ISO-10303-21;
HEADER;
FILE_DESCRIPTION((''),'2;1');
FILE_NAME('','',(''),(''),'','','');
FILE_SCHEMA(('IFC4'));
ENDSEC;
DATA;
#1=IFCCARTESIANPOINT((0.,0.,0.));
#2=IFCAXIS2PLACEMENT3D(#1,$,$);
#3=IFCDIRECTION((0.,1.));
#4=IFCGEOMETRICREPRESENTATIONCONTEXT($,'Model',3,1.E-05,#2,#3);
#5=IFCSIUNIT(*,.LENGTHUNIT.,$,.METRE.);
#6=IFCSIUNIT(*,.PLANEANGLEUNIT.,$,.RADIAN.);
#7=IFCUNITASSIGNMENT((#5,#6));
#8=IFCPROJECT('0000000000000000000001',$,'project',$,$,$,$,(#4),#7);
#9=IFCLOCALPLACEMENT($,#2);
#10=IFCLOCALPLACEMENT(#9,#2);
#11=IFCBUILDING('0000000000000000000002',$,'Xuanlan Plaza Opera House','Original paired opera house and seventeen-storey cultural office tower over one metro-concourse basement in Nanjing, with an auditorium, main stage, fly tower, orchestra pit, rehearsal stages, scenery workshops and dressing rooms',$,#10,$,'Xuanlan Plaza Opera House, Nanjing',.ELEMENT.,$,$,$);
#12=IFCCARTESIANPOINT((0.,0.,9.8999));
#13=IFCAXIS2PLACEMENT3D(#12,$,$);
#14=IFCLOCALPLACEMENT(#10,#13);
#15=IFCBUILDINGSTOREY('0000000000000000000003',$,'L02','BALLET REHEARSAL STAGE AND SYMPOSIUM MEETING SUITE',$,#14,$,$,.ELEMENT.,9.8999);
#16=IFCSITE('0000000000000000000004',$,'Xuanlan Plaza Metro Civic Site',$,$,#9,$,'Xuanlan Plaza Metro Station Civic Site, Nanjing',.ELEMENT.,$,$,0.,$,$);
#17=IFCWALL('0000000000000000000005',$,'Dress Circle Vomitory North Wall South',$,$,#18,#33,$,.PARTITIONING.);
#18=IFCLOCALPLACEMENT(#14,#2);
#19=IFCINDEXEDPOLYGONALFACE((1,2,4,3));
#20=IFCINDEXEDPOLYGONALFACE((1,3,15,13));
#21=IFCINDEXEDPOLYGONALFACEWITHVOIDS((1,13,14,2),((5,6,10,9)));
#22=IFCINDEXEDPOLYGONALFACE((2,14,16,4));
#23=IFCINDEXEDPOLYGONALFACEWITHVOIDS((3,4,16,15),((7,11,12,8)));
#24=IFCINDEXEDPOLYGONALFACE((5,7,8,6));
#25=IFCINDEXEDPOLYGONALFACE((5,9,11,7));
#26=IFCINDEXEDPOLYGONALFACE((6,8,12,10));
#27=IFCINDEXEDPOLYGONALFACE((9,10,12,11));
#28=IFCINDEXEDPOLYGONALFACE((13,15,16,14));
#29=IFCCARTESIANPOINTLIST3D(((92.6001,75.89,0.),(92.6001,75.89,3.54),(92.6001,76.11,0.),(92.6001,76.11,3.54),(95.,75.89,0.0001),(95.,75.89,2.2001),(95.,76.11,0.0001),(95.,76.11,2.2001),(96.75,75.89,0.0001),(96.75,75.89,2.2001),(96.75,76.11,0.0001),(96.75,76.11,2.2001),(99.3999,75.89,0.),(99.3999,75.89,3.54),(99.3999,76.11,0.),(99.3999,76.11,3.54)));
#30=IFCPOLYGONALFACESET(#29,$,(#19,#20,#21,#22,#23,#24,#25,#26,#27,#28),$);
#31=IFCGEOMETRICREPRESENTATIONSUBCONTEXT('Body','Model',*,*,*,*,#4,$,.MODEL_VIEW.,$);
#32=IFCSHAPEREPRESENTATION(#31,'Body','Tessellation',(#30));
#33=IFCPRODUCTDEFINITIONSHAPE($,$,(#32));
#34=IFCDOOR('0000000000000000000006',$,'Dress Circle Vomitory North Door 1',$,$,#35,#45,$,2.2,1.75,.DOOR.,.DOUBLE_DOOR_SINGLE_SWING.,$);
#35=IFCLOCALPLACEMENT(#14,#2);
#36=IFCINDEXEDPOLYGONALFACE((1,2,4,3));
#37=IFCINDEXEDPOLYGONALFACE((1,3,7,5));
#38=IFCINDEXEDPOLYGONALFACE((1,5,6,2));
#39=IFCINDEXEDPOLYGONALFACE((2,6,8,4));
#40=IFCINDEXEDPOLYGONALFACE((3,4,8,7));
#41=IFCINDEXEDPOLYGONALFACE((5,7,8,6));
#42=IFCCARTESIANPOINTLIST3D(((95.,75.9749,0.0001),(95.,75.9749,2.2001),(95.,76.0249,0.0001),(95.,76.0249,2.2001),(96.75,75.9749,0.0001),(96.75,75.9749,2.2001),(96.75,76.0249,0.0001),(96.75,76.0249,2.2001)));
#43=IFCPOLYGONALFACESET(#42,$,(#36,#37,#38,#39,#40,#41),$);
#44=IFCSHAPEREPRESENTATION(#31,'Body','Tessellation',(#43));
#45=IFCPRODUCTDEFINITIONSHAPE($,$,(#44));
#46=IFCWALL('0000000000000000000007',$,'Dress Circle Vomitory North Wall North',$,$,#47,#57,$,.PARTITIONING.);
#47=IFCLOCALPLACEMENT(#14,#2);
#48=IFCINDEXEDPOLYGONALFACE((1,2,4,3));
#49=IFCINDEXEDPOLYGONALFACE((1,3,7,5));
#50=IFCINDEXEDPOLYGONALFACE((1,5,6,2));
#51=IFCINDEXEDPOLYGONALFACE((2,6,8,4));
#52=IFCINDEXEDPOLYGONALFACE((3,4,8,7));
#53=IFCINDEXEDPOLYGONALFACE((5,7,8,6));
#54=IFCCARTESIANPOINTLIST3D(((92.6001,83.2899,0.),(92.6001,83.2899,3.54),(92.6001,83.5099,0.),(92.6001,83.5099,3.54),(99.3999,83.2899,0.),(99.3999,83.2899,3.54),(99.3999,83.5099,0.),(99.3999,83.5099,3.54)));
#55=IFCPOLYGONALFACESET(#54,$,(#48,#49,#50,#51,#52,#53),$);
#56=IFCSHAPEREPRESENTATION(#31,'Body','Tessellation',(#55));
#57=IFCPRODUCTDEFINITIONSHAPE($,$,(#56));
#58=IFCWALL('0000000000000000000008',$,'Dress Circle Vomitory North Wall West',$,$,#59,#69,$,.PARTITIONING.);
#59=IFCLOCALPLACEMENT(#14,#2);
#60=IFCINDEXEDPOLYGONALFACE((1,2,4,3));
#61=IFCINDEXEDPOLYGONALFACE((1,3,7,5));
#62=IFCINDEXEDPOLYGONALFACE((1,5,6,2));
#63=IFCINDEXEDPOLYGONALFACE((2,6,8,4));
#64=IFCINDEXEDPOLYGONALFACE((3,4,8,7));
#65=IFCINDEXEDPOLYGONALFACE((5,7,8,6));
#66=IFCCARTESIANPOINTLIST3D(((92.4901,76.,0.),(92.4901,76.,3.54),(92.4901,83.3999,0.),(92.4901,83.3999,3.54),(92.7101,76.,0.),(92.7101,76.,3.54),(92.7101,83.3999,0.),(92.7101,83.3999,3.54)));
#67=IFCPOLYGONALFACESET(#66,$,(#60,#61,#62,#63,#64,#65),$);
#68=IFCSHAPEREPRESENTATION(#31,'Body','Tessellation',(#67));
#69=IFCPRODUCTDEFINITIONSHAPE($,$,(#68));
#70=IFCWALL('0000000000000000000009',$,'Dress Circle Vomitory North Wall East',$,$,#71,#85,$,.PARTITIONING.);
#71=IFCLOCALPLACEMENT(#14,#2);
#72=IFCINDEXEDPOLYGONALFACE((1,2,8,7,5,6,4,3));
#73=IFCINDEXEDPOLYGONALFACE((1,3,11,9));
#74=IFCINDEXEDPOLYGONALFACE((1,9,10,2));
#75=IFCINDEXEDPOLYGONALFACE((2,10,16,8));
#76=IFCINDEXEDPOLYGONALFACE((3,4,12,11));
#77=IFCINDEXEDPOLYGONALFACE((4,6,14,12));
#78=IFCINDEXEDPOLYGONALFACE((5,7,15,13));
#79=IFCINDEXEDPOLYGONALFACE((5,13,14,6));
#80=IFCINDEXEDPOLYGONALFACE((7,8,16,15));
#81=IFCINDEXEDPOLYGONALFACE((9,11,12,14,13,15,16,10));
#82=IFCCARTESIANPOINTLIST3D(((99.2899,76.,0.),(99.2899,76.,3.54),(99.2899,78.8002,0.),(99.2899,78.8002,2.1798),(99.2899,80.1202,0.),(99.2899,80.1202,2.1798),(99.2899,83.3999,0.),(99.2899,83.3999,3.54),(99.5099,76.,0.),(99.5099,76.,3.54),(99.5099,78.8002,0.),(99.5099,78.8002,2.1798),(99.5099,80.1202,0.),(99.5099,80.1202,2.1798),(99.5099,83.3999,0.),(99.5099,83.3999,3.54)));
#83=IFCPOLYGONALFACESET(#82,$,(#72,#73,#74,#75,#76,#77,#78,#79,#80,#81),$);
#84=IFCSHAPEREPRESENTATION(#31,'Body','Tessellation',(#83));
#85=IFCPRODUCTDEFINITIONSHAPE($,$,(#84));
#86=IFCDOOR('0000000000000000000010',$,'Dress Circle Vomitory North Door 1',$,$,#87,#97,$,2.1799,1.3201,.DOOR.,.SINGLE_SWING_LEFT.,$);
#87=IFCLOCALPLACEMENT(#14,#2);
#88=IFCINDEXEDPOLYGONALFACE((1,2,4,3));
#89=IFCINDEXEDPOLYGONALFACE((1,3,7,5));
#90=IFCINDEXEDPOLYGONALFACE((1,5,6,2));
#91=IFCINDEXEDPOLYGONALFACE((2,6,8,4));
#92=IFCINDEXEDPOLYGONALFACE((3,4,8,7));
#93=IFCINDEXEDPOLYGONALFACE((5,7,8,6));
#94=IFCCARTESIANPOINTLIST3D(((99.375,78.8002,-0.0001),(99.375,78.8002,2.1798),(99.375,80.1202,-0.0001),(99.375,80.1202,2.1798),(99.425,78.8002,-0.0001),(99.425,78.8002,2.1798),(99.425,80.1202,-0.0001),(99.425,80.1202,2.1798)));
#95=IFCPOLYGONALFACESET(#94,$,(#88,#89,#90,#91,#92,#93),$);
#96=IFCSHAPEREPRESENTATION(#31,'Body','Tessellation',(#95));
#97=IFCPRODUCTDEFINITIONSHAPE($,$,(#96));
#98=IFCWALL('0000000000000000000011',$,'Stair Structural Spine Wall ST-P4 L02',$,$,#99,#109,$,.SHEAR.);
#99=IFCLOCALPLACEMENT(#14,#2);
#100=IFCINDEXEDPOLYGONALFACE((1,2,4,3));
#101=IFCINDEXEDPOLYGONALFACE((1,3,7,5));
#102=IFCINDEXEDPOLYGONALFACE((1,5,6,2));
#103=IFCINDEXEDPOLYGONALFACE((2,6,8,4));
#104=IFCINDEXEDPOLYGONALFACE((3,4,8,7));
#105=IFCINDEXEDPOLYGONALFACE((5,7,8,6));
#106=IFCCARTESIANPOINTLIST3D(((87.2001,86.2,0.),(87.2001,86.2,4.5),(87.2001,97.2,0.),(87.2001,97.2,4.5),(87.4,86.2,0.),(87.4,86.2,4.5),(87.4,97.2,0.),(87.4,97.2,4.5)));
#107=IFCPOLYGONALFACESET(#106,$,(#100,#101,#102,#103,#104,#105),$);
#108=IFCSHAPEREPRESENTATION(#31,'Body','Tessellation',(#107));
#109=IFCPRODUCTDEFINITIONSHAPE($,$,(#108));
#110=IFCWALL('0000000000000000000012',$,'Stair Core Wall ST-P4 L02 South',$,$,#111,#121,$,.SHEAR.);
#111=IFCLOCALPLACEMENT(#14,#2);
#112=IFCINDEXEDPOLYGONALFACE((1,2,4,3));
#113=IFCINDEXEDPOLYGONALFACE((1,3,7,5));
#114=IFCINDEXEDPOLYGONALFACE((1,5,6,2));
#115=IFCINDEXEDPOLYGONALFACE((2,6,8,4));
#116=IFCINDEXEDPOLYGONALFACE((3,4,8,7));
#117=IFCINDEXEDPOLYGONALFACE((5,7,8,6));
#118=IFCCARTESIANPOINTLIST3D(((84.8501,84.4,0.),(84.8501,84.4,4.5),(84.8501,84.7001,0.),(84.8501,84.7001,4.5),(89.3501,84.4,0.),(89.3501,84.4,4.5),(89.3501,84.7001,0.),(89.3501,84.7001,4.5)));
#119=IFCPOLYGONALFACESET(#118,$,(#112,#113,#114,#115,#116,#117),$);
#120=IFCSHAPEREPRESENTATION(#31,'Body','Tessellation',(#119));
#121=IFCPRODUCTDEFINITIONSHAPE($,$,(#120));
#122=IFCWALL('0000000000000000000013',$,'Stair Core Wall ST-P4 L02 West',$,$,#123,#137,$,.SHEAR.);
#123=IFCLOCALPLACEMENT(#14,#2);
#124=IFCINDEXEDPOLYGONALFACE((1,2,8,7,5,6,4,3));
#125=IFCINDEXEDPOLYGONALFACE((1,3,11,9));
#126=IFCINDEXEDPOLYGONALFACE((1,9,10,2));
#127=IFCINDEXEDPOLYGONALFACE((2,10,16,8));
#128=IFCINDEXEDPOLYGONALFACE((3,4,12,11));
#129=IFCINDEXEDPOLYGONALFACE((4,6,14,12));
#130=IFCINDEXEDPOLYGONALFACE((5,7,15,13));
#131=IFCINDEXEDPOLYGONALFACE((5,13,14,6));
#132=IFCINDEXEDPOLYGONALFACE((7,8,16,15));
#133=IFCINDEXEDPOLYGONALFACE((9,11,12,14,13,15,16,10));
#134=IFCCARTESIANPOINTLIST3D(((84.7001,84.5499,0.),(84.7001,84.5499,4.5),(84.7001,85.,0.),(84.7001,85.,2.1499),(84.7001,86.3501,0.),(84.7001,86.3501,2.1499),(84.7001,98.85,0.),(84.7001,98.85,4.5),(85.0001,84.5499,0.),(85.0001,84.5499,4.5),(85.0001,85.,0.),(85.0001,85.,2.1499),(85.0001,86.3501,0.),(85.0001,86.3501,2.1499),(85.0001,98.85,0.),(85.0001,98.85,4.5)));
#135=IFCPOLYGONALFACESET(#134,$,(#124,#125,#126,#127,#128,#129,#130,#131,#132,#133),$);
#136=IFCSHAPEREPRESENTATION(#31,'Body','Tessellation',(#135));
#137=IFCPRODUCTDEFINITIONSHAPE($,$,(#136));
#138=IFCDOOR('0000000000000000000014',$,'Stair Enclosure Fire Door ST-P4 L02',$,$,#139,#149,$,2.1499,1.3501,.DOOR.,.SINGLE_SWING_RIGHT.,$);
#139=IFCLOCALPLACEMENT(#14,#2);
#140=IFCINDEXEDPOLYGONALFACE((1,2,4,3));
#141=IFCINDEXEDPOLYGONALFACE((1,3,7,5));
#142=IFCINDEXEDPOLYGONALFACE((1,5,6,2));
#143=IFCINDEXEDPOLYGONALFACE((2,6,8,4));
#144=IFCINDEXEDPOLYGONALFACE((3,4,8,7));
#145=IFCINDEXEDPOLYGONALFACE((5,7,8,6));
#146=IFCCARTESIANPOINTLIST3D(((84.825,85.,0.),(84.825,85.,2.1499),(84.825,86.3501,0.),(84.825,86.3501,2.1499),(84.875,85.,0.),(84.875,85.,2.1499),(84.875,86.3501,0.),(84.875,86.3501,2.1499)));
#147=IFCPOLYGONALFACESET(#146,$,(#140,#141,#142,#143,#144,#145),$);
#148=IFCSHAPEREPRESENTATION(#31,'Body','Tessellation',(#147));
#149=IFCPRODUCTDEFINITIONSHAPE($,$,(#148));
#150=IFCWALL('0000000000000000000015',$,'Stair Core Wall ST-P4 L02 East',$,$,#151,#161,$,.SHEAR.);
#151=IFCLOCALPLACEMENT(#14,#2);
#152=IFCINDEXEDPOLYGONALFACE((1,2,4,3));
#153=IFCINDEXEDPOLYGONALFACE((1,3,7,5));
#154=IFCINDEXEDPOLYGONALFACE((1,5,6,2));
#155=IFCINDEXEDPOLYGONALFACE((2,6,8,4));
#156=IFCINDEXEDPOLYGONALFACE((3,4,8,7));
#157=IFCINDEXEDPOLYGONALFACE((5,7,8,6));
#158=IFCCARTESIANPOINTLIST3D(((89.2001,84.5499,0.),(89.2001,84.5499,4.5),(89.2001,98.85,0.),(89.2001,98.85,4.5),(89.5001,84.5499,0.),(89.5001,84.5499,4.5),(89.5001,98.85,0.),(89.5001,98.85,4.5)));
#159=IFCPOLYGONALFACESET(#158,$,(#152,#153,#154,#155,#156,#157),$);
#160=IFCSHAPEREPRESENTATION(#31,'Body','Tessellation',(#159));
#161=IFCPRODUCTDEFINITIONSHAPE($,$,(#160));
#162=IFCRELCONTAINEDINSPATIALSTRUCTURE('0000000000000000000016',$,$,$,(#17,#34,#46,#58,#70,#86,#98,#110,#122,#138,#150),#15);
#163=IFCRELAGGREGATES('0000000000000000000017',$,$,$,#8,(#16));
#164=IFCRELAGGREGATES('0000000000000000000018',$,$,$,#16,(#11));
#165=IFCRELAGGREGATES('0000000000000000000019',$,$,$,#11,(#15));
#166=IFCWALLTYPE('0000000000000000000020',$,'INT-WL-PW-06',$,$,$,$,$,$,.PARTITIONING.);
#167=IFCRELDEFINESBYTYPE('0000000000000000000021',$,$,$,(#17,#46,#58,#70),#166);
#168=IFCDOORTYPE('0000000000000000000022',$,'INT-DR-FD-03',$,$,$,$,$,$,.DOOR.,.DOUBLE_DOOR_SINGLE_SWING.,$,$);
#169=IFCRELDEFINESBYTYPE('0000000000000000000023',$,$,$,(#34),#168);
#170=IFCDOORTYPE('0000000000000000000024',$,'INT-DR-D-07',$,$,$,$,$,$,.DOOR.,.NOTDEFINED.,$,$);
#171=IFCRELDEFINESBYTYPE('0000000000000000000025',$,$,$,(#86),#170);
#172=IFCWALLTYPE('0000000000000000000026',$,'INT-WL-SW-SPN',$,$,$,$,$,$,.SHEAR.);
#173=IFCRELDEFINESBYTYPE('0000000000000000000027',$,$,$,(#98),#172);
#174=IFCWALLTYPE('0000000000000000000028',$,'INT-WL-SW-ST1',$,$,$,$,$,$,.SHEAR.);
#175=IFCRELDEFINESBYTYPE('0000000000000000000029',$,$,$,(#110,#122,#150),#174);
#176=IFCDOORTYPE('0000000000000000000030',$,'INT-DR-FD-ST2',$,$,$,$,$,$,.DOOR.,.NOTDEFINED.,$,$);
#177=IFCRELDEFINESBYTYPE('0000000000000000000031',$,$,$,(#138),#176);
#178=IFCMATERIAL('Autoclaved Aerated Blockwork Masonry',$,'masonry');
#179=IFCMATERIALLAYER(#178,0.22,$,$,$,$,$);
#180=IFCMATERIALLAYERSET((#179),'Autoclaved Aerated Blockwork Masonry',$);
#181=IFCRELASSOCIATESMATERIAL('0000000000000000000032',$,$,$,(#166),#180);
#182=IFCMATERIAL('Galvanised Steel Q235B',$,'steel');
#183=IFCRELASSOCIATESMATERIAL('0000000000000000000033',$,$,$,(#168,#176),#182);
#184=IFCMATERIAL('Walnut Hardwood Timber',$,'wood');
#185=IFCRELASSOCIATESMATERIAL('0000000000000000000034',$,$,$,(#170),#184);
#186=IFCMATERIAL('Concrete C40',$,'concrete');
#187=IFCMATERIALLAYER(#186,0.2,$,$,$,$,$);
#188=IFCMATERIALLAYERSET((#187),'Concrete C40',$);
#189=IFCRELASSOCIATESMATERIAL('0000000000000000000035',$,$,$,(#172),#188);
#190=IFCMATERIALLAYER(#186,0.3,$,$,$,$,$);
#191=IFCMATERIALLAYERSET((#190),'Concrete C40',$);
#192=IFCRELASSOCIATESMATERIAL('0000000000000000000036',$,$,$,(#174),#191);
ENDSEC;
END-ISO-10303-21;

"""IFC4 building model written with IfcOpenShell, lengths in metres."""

from ifc_helpers import new_model, si_unit, direction, frame, frame_2d, origin, place, context, subcontext, project, spatial, rectangle, extrude, material, layer, layer_set, type_object, element, fill, save


model = new_model("IFC4")

# Units and contexts
model_context = context("Model", 3, precision=1e-05, world=origin(), true_north=direction((0.0, 1.0)))
body_context = subcontext(model_context, "Body", "Model", "MODEL_VIEW")
ifc_project = project(units=[si_unit("LENGTHUNIT", "METRE"), si_unit("PLANEANGLEUNIT", "RADIAN")], contexts=[model_context])

# Site, building, storey
site_placement = place(None, origin())
site = spatial("IfcSite", under=ifc_project, at=site_placement, Name="Xuanlan Plaza Metro Civic Site", LongName="Xuanlan Plaza Metro Station Civic Site, Nanjing", CompositionType="ELEMENT", RefElevation=0.0)
building_placement = place(site_placement, origin())
building = spatial("IfcBuilding", under=site, at=building_placement, Name="Xuanlan Plaza Opera House", Description="Original paired opera house and seventeen-storey cultural office tower over one metro-concourse basement in Nanjing, with an auditorium, main stage, fly tower, orchestra pit, rehearsal stages, scenery workshops and dressing rooms", LongName="Xuanlan Plaza Opera House, Nanjing", CompositionType="ELEMENT")
storey_placement = place(building_placement, frame((0.0, 0.0, 9.8999)))
storey = spatial("IfcBuildingStorey", under=building, at=storey_placement, Name="L02", Description="BALLET REHEARSAL STAGE AND SYMPOSIUM MEETING SUITE", CompositionType="ELEMENT", Elevation=9.8999)

# Shared definitions
ifc_material_1 = material(Name="Concrete C40", Category="concrete")

# Shared definitions
ifc_material_2 = material(Name="Walnut Hardwood Timber", Category="wood")

# Wall, opening, door
ifc_material_3 = material(Name="Autoclaved Aerated Blockwork Masonry", Category="masonry")
ifc_layer_1 = layer(ifc_material_3, 0.22)
ifc_layer_set_1 = layer_set([ifc_layer_1], Name="Autoclaved Aerated Blockwork Masonry")
wall_type_1 = type_object("IfcWallType", Name="INT-WL-PW-06", PredefinedType="PARTITIONING", material=ifc_layer_set_1)
wall_1_placement = place(storey_placement, frame((92.6001, 76.0, 0.0), z_axis=(0.0, 0.0, 1.0), x_axis=(1.0, 0.0, 0.0)))
wall_1 = element("IfcWall", 1, at=wall_1_placement, inside=storey, type_object=wall_type_1, Name="Dress Circle Vomitory North Wall South", PredefinedType="PARTITIONING", context=body_context, shape_type="SweptSolid", body=[
    extrude(rectangle(XDim=6.7998, YDim=0.22, at=frame_2d((3.3999, 0.0))), origin(), (0.0, 0.0, 1.0), 3.54),
])
opening_1_placement = place(wall_1_placement, frame((2.3999, 0.0, 0.0)))
opening_1 = element("IfcOpeningElement", 2, at=opening_1_placement, cuts=wall_1, PredefinedType="OPENING", context=body_context, shape_type="SweptSolid", body=[
    extrude(rectangle(XDim=1.75, YDim=2.2, at=frame_2d((0.875, 1.1001))), frame((0.0, 0.1199, 0.0), z_axis=(0.0, -1.0, 0.0), x_axis=(1.0, 0.0, 0.0)), (0.0, 0.0, 1.0), 0.24),
])
ifc_material_4 = material(Name="Galvanised Steel Q235B", Category="steel")
door_type_1 = type_object("IfcDoorType", Name="INT-DR-FD-03", OperationType="DOUBLE_DOOR_SINGLE_SWING", PredefinedType="DOOR", material=ifc_material_4)
door_1_placement = place(opening_1_placement, origin())
door_1 = element("IfcDoor", 3, at=door_1_placement, inside=storey, type_object=door_type_1, Name="Dress Circle Vomitory North Door 1", OperationType="DOUBLE_DOOR_SINGLE_SWING", OverallHeight=2.2, OverallWidth=1.75, PredefinedType="DOOR", context=body_context, shape_type="SweptSolid", body=[
    extrude(rectangle(XDim=1.75, YDim=2.2, at=frame_2d((0.875, 1.1001))), frame((0.0, 0.0249, 0.0), z_axis=(0.0, -1.0, 0.0), x_axis=(1.0, 0.0, 0.0)), (0.0, 0.0, 1.0), 0.05),
])
fill(opening_1, door_1)

# Walls
wall_2_placement = place(storey_placement, frame((92.6001, 83.3999, 0.0), z_axis=(0.0, 0.0, 1.0), x_axis=(1.0, 0.0, 0.0)))
element("IfcWall", 4, at=wall_2_placement, inside=storey, type_object=wall_type_1, Name="Dress Circle Vomitory North Wall North", PredefinedType="PARTITIONING", context=body_context, shape_type="SweptSolid", body=[
    extrude(rectangle(XDim=6.7998, YDim=0.22, at=frame_2d((3.3999, 0.0))), origin(), (0.0, 0.0, 1.0), 3.54),
])
wall_3_placement = place(storey_placement, frame((92.6001, 76.0, 0.0), z_axis=(0.0, 0.0, 1.0), x_axis=(0.0, 1.0, 0.0)))
element("IfcWall", 5, at=wall_3_placement, inside=storey, type_object=wall_type_1, Name="Dress Circle Vomitory North Wall West", PredefinedType="PARTITIONING", context=body_context, shape_type="SweptSolid", body=[
    extrude(rectangle(XDim=7.3999, YDim=0.22, at=frame_2d((3.7, 0.0))), origin(), (0.0, 0.0, 1.0), 3.54),
])

# Wall, opening, door
wall_4_placement = place(storey_placement, frame((99.3999, 76.0, 0.0), z_axis=(0.0, 0.0, 1.0), x_axis=(0.0, 1.0, 0.0)))
wall_4 = element("IfcWall", 6, at=wall_4_placement, inside=storey, type_object=wall_type_1, Name="Dress Circle Vomitory North Wall East", PredefinedType="PARTITIONING", context=body_context, shape_type="SweptSolid", body=[
    extrude(rectangle(XDim=7.3999, YDim=0.22, at=frame_2d((3.7, 0.0))), origin(), (0.0, 0.0, 1.0), 3.54),
])
opening_2_placement = place(wall_4_placement, frame((2.8, 0.0, 0.0)))
opening_2 = element("IfcOpeningElement", 7, at=opening_2_placement, cuts=wall_4, PredefinedType="OPENING", context=body_context, shape_type="SweptSolid", body=[
    extrude(rectangle(XDim=1.3201, YDim=2.1799, at=frame_2d((0.6602, 1.0898))), frame((0.0, 0.1199, 0.0), z_axis=(0.0, -1.0, 0.0), x_axis=(1.0, 0.0, 0.0)), (0.0, 0.0, 1.0), 0.24),
])
door_type_2 = type_object("IfcDoorType", Name="INT-DR-D-07", OperationType="NOTDEFINED", PredefinedType="DOOR", material=ifc_material_2)
door_2_placement = place(opening_2_placement, origin())
door_2 = element("IfcDoor", 8, at=door_2_placement, inside=storey, type_object=door_type_2, Name="Dress Circle Vomitory North Door 1", OperationType="SINGLE_SWING_LEFT", OverallHeight=2.1799, OverallWidth=1.3201, PredefinedType="DOOR", context=body_context, shape_type="SweptSolid", body=[
    extrude(rectangle(XDim=1.3201, YDim=2.1799, at=frame_2d((0.6602, 1.0898))), frame((0.0, 0.0249, 0.0), z_axis=(0.0, -1.0, 0.0), x_axis=(1.0, 0.0, 0.0)), (0.0, 0.0, 1.0), 0.05),
])
fill(opening_2, door_2)

# Walls
ifc_layer_2 = layer(ifc_material_1, 0.2)
ifc_layer_set_2 = layer_set([ifc_layer_2], Name="Concrete C40")
wall_type_2 = type_object("IfcWallType", Name="INT-WL-SW-SPN", PredefinedType="SHEAR", material=ifc_layer_set_2)
wall_5_placement = place(storey_placement, frame((87.3, 86.2, 0.0), z_axis=(0.0, 0.0, 1.0), x_axis=(0.0, 1.0, 0.0)))
element("IfcWall", 9, at=wall_5_placement, inside=storey, type_object=wall_type_2, Name="Stair Structural Spine Wall ST-P4 L02", PredefinedType="SHEAR", context=body_context, shape_type="SweptSolid", body=[
    extrude(rectangle(XDim=11.0, YDim=0.2, at=frame_2d((5.5, 0.0))), origin(), (0.0, 0.0, 1.0), 4.5),
])
ifc_layer_3 = layer(ifc_material_1, 0.3)
ifc_layer_set_3 = layer_set([ifc_layer_3], Name="Concrete C40")
wall_type_3 = type_object("IfcWallType", Name="INT-WL-SW-ST1", PredefinedType="SHEAR", material=ifc_layer_set_3)
wall_6_placement = place(storey_placement, frame((84.8501, 84.55, 0.0), z_axis=(0.0, 0.0, 1.0), x_axis=(1.0, 0.0, 0.0)))
element("IfcWall", 10, at=wall_6_placement, inside=storey, type_object=wall_type_3, Name="Stair Core Wall ST-P4 L02 South", PredefinedType="SHEAR", context=body_context, shape_type="SweptSolid", body=[
    extrude(rectangle(XDim=4.5, YDim=0.3, at=frame_2d((2.25, 0.0))), origin(), (0.0, 0.0, 1.0), 4.5),
])

# Wall, opening, door
wall_7_placement = place(storey_placement, frame((84.8501, 84.55, 0.0), z_axis=(0.0, 0.0, 1.0), x_axis=(0.0, 1.0, 0.0)))
wall_7 = element("IfcWall", 11, at=wall_7_placement, inside=storey, type_object=wall_type_3, Name="Stair Core Wall ST-P4 L02 West", PredefinedType="SHEAR", context=body_context, shape_type="SweptSolid", body=[
    extrude(rectangle(XDim=14.3, YDim=0.3, at=frame_2d((7.1499, 0.0))), origin(), (0.0, 0.0, 1.0), 4.5),
])
opening_3_placement = place(wall_7_placement, frame((0.45, 0.0, 0.0)))
opening_3 = element("IfcOpeningElement", 12, at=opening_3_placement, cuts=wall_7, PredefinedType="OPENING", context=body_context, shape_type="SweptSolid", body=[
    extrude(rectangle(XDim=1.3501, YDim=2.1499, at=frame_2d((0.675, 1.075))), frame((0.0, 0.1599, 0.0), z_axis=(0.0, -1.0, 0.0), x_axis=(1.0, 0.0, 0.0)), (0.0, 0.0, 1.0), 0.3201),
])
door_type_3 = type_object("IfcDoorType", Name="INT-DR-FD-ST2", OperationType="NOTDEFINED", PredefinedType="DOOR", material=ifc_material_4)
door_3_placement = place(opening_3_placement, frame((1.3501, 0.0, 0.0), z_axis=(0.0, 0.0, 1.0), x_axis=(-1.0, 0.0, 0.0)))
door_3 = element("IfcDoor", 13, at=door_3_placement, inside=storey, type_object=door_type_3, Name="Stair Enclosure Fire Door ST-P4 L02", OperationType="SINGLE_SWING_RIGHT", OverallHeight=2.1499, OverallWidth=1.3501, PredefinedType="DOOR", context=body_context, shape_type="SweptSolid", body=[
    extrude(rectangle(XDim=1.3501, YDim=2.1499, at=frame_2d((0.675, 1.075))), frame((0.0, 0.0249, 0.0), z_axis=(0.0, -1.0, 0.0), x_axis=(1.0, 0.0, 0.0)), (0.0, 0.0, 1.0), 0.05),
])
fill(opening_3, door_3)

# Wall
wall_8_placement = place(storey_placement, frame((89.3501, 84.55, 0.0), z_axis=(0.0, 0.0, 1.0), x_axis=(0.0, 1.0, 0.0)))
element("IfcWall", 14, at=wall_8_placement, inside=storey, type_object=wall_type_3, Name="Stair Core Wall ST-P4 L02 East", PredefinedType="SHEAR", context=body_context, shape_type="SweptSolid", body=[
    extrude(rectangle(XDim=14.3, YDim=0.3, at=frame_2d((7.1499, 0.0))), origin(), (0.0, 0.0, 1.0), 4.5),
])

save(model, "model.ifc")
